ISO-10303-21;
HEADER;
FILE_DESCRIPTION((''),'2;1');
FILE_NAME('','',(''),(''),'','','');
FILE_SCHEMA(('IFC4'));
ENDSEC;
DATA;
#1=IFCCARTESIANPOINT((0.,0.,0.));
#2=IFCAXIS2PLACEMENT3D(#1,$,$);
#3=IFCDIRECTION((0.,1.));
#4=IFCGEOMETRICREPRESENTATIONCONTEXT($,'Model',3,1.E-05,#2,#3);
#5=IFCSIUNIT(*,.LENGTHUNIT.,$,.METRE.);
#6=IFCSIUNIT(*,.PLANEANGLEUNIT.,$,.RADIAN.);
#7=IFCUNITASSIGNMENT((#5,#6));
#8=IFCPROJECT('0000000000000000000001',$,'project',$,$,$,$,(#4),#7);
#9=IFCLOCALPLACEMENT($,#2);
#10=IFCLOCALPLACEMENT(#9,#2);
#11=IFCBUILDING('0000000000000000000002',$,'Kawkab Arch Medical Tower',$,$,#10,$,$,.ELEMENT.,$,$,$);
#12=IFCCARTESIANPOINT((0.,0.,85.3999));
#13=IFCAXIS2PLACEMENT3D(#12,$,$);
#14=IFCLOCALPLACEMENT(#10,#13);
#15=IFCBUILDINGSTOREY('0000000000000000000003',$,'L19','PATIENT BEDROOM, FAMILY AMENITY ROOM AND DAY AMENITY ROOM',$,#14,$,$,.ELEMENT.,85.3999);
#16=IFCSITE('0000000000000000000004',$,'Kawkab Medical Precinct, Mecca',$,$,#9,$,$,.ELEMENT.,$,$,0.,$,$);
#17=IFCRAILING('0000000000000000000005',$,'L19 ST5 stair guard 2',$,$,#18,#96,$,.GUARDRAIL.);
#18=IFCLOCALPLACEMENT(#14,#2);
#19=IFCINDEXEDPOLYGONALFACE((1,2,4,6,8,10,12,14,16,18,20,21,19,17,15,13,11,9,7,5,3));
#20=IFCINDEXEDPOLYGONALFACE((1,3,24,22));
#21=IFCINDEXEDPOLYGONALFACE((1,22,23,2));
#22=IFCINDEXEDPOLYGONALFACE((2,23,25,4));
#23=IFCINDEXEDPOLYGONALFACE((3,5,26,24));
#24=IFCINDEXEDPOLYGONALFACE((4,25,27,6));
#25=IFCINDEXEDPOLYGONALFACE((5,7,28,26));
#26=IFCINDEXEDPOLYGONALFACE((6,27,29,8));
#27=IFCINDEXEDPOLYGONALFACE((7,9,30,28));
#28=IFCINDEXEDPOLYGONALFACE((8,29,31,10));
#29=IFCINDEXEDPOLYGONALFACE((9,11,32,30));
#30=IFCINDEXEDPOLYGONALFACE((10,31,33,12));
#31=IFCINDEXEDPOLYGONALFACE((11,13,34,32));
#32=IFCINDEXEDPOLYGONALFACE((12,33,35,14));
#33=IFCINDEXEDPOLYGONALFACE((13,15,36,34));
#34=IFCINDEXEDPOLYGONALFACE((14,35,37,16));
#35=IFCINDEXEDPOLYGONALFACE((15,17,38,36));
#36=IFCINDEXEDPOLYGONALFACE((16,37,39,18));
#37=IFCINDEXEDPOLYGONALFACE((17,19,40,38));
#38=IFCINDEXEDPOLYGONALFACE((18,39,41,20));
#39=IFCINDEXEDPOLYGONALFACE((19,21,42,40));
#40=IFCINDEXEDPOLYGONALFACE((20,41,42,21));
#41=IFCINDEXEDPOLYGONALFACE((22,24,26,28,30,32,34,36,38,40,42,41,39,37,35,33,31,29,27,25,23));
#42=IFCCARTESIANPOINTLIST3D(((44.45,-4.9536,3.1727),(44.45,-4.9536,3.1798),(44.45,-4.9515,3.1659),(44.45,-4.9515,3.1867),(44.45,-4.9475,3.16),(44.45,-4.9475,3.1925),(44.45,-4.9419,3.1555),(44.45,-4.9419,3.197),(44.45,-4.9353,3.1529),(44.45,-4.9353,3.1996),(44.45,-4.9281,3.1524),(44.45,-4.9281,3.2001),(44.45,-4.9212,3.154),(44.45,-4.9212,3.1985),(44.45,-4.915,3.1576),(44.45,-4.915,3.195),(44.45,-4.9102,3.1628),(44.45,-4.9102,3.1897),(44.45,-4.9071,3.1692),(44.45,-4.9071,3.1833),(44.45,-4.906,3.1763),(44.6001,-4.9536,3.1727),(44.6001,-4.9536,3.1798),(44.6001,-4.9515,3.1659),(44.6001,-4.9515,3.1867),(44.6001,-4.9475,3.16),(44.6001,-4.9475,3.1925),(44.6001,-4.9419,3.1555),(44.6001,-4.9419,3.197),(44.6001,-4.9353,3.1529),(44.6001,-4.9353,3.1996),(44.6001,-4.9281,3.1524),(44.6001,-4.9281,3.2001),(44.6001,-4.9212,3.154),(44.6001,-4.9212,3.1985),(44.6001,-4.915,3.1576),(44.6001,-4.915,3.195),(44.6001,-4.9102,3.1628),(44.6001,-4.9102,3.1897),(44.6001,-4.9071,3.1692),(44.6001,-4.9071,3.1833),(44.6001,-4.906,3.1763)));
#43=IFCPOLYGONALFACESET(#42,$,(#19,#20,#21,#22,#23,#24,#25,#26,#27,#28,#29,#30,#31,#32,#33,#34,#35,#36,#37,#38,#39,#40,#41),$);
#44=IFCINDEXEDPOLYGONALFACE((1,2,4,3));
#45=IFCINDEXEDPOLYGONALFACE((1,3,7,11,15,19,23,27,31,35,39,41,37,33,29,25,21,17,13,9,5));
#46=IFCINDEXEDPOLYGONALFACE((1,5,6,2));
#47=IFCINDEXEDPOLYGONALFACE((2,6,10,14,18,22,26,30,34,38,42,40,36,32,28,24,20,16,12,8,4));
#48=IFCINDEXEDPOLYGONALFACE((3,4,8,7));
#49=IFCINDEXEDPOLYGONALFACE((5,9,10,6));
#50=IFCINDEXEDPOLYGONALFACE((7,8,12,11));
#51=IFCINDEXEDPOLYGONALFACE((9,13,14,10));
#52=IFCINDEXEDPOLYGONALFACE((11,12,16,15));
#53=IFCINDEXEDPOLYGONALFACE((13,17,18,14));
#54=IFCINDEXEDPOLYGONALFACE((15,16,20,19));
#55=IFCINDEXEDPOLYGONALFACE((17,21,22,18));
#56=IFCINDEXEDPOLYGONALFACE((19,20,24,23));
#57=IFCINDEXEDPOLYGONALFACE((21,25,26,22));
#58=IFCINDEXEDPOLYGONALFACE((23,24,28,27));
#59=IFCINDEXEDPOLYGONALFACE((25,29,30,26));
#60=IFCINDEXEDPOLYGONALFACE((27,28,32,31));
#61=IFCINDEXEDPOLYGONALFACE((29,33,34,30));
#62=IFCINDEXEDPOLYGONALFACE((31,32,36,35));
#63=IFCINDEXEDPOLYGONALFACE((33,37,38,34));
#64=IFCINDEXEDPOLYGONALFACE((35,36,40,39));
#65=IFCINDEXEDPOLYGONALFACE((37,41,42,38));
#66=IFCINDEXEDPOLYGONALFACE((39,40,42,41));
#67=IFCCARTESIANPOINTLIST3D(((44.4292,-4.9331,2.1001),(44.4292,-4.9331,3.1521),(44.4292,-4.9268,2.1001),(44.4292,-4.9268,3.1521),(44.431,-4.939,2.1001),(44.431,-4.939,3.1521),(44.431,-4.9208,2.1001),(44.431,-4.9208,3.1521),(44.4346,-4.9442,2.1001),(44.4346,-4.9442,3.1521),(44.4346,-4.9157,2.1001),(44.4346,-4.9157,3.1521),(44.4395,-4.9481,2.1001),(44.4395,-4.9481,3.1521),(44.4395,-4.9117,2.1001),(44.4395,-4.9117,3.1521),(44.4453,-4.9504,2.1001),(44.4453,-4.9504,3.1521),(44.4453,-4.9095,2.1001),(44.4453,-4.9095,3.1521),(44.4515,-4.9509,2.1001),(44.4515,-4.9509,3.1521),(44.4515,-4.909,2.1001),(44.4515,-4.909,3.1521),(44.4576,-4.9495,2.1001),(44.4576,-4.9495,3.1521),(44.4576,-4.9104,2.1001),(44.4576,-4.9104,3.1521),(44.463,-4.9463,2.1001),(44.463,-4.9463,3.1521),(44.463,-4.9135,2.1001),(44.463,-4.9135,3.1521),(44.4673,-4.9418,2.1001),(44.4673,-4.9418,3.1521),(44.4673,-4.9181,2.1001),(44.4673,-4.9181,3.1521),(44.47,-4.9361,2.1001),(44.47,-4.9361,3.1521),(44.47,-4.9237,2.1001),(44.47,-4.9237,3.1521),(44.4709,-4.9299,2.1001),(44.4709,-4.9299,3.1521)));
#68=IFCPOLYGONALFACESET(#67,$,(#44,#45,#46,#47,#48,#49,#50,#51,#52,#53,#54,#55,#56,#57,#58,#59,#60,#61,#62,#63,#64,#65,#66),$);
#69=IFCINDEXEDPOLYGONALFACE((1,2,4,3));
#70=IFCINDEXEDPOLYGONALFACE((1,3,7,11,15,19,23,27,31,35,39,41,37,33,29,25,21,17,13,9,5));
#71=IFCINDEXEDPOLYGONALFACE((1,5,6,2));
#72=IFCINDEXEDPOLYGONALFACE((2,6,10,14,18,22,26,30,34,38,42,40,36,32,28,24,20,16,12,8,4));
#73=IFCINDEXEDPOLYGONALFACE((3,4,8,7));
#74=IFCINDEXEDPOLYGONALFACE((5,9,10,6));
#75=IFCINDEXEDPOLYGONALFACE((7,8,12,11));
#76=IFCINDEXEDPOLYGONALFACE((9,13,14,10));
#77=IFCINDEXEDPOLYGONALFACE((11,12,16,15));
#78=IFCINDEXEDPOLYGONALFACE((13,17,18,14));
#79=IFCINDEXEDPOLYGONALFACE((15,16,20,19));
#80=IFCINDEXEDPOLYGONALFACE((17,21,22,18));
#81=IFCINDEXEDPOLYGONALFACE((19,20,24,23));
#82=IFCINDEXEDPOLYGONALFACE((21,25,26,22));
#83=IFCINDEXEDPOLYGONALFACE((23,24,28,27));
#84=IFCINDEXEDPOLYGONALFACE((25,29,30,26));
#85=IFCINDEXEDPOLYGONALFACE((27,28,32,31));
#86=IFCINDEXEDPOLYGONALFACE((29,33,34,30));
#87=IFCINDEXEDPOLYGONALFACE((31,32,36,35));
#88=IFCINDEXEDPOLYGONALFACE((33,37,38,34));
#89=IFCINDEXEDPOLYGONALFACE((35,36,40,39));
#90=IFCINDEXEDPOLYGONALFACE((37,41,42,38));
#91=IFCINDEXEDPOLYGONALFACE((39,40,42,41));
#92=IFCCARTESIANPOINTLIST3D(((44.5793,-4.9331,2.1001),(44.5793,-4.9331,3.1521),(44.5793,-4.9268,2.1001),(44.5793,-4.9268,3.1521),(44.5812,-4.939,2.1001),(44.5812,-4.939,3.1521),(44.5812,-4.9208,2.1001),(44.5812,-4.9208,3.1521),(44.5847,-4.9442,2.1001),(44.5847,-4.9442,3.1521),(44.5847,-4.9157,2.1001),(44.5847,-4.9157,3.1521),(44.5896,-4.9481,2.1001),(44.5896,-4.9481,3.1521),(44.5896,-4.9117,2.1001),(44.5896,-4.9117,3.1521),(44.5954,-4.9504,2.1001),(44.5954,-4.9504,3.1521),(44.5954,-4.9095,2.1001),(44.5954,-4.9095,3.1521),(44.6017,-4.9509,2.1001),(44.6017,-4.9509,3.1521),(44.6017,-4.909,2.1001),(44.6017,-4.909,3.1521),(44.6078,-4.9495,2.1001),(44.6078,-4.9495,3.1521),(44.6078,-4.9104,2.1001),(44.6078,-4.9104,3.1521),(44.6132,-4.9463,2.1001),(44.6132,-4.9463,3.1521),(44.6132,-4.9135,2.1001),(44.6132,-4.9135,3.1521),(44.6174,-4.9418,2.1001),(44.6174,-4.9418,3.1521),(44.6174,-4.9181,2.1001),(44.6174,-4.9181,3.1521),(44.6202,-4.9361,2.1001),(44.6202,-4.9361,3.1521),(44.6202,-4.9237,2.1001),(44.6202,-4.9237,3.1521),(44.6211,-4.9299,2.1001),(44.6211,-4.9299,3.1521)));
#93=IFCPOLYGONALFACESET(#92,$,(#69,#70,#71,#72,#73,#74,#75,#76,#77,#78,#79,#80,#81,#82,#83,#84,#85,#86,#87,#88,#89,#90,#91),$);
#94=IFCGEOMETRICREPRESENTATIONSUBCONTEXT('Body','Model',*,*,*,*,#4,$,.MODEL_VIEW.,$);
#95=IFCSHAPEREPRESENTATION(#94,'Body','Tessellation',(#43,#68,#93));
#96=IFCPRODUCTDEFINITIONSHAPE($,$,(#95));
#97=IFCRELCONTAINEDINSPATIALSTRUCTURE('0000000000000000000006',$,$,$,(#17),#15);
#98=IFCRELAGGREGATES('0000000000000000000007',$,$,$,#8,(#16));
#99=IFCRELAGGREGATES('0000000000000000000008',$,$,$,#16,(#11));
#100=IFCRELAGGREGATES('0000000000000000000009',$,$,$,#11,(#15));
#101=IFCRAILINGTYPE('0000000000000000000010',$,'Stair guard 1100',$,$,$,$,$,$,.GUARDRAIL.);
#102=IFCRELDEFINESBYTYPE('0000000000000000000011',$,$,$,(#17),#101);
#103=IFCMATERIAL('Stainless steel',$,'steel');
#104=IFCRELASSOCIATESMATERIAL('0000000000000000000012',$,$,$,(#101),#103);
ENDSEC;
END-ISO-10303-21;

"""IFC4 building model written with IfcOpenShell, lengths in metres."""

from ifc_helpers import new_model, si_unit, direction, frame, origin, origin_2d, place, context, subcontext, project, spatial, circle, extrude, material, type_object, element, save


model = new_model("IFC4")

# Units and contexts
model_context = context("Model", 3, precision=1e-05, world=origin(), true_north=direction((0.0, 1.0)))
body_context = subcontext(model_context, "Body", "Model", "MODEL_VIEW")
ifc_project = project(units=[si_unit("LENGTHUNIT", "METRE"), si_unit("PLANEANGLEUNIT", "RADIAN")], contexts=[model_context])

# Site, building, storey
site_placement = place(None, origin())
site = spatial("IfcSite", under=ifc_project, at=site_placement, Name="Kawkab Medical Precinct, Mecca", CompositionType="ELEMENT", RefElevation=0.0)
building_placement = place(site_placement, origin())
building = spatial("IfcBuilding", under=site, at=building_placement, Name="Kawkab Arch Medical Tower", CompositionType="ELEMENT")
storey_placement = place(building_placement, frame((0.0, 0.0, 85.3999)))
storey = spatial("IfcBuildingStorey", under=building, at=storey_placement, Name="L19", Description="PATIENT BEDROOM, FAMILY AMENITY ROOM AND DAY AMENITY ROOM", CompositionType="ELEMENT", Elevation=85.3999)

# Railing
ifc_material_1 = material(Name="Stainless steel", Category="steel")
railing_type = type_object("IfcRailingType", Name="Stair guard 1100", PredefinedType="GUARDRAIL", material=ifc_material_1)
railing_1_placement = place(storey_placement, frame((44.45, -4.9299, 2.1001)))
element("IfcRailing", 1, at=railing_1_placement, inside=storey, type_object=railing_type, Name="L19 ST5 stair guard 2", PredefinedType="GUARDRAIL", context=body_context, shape_type="SweptSolid", body=[
    extrude(circle(Radius=0.0239, at=origin_2d()), frame((0.0, 0.0, 1.0762), z_axis=(1.0, 0.0, 0.0), x_axis=(0.0, 1.0, 0.0)), (0.0, 0.0, 1.0), 0.1501),
    extrude(circle(Radius=0.021, at=origin_2d()), origin(), (0.0, 0.0, 1.0), 1.052),
    extrude(circle(Radius=0.021, at=origin_2d()), frame((0.1501, 0.0, 0.0)), (0.0, 0.0, 1.0), 1.052),
])

save(model, "model.ifc")
